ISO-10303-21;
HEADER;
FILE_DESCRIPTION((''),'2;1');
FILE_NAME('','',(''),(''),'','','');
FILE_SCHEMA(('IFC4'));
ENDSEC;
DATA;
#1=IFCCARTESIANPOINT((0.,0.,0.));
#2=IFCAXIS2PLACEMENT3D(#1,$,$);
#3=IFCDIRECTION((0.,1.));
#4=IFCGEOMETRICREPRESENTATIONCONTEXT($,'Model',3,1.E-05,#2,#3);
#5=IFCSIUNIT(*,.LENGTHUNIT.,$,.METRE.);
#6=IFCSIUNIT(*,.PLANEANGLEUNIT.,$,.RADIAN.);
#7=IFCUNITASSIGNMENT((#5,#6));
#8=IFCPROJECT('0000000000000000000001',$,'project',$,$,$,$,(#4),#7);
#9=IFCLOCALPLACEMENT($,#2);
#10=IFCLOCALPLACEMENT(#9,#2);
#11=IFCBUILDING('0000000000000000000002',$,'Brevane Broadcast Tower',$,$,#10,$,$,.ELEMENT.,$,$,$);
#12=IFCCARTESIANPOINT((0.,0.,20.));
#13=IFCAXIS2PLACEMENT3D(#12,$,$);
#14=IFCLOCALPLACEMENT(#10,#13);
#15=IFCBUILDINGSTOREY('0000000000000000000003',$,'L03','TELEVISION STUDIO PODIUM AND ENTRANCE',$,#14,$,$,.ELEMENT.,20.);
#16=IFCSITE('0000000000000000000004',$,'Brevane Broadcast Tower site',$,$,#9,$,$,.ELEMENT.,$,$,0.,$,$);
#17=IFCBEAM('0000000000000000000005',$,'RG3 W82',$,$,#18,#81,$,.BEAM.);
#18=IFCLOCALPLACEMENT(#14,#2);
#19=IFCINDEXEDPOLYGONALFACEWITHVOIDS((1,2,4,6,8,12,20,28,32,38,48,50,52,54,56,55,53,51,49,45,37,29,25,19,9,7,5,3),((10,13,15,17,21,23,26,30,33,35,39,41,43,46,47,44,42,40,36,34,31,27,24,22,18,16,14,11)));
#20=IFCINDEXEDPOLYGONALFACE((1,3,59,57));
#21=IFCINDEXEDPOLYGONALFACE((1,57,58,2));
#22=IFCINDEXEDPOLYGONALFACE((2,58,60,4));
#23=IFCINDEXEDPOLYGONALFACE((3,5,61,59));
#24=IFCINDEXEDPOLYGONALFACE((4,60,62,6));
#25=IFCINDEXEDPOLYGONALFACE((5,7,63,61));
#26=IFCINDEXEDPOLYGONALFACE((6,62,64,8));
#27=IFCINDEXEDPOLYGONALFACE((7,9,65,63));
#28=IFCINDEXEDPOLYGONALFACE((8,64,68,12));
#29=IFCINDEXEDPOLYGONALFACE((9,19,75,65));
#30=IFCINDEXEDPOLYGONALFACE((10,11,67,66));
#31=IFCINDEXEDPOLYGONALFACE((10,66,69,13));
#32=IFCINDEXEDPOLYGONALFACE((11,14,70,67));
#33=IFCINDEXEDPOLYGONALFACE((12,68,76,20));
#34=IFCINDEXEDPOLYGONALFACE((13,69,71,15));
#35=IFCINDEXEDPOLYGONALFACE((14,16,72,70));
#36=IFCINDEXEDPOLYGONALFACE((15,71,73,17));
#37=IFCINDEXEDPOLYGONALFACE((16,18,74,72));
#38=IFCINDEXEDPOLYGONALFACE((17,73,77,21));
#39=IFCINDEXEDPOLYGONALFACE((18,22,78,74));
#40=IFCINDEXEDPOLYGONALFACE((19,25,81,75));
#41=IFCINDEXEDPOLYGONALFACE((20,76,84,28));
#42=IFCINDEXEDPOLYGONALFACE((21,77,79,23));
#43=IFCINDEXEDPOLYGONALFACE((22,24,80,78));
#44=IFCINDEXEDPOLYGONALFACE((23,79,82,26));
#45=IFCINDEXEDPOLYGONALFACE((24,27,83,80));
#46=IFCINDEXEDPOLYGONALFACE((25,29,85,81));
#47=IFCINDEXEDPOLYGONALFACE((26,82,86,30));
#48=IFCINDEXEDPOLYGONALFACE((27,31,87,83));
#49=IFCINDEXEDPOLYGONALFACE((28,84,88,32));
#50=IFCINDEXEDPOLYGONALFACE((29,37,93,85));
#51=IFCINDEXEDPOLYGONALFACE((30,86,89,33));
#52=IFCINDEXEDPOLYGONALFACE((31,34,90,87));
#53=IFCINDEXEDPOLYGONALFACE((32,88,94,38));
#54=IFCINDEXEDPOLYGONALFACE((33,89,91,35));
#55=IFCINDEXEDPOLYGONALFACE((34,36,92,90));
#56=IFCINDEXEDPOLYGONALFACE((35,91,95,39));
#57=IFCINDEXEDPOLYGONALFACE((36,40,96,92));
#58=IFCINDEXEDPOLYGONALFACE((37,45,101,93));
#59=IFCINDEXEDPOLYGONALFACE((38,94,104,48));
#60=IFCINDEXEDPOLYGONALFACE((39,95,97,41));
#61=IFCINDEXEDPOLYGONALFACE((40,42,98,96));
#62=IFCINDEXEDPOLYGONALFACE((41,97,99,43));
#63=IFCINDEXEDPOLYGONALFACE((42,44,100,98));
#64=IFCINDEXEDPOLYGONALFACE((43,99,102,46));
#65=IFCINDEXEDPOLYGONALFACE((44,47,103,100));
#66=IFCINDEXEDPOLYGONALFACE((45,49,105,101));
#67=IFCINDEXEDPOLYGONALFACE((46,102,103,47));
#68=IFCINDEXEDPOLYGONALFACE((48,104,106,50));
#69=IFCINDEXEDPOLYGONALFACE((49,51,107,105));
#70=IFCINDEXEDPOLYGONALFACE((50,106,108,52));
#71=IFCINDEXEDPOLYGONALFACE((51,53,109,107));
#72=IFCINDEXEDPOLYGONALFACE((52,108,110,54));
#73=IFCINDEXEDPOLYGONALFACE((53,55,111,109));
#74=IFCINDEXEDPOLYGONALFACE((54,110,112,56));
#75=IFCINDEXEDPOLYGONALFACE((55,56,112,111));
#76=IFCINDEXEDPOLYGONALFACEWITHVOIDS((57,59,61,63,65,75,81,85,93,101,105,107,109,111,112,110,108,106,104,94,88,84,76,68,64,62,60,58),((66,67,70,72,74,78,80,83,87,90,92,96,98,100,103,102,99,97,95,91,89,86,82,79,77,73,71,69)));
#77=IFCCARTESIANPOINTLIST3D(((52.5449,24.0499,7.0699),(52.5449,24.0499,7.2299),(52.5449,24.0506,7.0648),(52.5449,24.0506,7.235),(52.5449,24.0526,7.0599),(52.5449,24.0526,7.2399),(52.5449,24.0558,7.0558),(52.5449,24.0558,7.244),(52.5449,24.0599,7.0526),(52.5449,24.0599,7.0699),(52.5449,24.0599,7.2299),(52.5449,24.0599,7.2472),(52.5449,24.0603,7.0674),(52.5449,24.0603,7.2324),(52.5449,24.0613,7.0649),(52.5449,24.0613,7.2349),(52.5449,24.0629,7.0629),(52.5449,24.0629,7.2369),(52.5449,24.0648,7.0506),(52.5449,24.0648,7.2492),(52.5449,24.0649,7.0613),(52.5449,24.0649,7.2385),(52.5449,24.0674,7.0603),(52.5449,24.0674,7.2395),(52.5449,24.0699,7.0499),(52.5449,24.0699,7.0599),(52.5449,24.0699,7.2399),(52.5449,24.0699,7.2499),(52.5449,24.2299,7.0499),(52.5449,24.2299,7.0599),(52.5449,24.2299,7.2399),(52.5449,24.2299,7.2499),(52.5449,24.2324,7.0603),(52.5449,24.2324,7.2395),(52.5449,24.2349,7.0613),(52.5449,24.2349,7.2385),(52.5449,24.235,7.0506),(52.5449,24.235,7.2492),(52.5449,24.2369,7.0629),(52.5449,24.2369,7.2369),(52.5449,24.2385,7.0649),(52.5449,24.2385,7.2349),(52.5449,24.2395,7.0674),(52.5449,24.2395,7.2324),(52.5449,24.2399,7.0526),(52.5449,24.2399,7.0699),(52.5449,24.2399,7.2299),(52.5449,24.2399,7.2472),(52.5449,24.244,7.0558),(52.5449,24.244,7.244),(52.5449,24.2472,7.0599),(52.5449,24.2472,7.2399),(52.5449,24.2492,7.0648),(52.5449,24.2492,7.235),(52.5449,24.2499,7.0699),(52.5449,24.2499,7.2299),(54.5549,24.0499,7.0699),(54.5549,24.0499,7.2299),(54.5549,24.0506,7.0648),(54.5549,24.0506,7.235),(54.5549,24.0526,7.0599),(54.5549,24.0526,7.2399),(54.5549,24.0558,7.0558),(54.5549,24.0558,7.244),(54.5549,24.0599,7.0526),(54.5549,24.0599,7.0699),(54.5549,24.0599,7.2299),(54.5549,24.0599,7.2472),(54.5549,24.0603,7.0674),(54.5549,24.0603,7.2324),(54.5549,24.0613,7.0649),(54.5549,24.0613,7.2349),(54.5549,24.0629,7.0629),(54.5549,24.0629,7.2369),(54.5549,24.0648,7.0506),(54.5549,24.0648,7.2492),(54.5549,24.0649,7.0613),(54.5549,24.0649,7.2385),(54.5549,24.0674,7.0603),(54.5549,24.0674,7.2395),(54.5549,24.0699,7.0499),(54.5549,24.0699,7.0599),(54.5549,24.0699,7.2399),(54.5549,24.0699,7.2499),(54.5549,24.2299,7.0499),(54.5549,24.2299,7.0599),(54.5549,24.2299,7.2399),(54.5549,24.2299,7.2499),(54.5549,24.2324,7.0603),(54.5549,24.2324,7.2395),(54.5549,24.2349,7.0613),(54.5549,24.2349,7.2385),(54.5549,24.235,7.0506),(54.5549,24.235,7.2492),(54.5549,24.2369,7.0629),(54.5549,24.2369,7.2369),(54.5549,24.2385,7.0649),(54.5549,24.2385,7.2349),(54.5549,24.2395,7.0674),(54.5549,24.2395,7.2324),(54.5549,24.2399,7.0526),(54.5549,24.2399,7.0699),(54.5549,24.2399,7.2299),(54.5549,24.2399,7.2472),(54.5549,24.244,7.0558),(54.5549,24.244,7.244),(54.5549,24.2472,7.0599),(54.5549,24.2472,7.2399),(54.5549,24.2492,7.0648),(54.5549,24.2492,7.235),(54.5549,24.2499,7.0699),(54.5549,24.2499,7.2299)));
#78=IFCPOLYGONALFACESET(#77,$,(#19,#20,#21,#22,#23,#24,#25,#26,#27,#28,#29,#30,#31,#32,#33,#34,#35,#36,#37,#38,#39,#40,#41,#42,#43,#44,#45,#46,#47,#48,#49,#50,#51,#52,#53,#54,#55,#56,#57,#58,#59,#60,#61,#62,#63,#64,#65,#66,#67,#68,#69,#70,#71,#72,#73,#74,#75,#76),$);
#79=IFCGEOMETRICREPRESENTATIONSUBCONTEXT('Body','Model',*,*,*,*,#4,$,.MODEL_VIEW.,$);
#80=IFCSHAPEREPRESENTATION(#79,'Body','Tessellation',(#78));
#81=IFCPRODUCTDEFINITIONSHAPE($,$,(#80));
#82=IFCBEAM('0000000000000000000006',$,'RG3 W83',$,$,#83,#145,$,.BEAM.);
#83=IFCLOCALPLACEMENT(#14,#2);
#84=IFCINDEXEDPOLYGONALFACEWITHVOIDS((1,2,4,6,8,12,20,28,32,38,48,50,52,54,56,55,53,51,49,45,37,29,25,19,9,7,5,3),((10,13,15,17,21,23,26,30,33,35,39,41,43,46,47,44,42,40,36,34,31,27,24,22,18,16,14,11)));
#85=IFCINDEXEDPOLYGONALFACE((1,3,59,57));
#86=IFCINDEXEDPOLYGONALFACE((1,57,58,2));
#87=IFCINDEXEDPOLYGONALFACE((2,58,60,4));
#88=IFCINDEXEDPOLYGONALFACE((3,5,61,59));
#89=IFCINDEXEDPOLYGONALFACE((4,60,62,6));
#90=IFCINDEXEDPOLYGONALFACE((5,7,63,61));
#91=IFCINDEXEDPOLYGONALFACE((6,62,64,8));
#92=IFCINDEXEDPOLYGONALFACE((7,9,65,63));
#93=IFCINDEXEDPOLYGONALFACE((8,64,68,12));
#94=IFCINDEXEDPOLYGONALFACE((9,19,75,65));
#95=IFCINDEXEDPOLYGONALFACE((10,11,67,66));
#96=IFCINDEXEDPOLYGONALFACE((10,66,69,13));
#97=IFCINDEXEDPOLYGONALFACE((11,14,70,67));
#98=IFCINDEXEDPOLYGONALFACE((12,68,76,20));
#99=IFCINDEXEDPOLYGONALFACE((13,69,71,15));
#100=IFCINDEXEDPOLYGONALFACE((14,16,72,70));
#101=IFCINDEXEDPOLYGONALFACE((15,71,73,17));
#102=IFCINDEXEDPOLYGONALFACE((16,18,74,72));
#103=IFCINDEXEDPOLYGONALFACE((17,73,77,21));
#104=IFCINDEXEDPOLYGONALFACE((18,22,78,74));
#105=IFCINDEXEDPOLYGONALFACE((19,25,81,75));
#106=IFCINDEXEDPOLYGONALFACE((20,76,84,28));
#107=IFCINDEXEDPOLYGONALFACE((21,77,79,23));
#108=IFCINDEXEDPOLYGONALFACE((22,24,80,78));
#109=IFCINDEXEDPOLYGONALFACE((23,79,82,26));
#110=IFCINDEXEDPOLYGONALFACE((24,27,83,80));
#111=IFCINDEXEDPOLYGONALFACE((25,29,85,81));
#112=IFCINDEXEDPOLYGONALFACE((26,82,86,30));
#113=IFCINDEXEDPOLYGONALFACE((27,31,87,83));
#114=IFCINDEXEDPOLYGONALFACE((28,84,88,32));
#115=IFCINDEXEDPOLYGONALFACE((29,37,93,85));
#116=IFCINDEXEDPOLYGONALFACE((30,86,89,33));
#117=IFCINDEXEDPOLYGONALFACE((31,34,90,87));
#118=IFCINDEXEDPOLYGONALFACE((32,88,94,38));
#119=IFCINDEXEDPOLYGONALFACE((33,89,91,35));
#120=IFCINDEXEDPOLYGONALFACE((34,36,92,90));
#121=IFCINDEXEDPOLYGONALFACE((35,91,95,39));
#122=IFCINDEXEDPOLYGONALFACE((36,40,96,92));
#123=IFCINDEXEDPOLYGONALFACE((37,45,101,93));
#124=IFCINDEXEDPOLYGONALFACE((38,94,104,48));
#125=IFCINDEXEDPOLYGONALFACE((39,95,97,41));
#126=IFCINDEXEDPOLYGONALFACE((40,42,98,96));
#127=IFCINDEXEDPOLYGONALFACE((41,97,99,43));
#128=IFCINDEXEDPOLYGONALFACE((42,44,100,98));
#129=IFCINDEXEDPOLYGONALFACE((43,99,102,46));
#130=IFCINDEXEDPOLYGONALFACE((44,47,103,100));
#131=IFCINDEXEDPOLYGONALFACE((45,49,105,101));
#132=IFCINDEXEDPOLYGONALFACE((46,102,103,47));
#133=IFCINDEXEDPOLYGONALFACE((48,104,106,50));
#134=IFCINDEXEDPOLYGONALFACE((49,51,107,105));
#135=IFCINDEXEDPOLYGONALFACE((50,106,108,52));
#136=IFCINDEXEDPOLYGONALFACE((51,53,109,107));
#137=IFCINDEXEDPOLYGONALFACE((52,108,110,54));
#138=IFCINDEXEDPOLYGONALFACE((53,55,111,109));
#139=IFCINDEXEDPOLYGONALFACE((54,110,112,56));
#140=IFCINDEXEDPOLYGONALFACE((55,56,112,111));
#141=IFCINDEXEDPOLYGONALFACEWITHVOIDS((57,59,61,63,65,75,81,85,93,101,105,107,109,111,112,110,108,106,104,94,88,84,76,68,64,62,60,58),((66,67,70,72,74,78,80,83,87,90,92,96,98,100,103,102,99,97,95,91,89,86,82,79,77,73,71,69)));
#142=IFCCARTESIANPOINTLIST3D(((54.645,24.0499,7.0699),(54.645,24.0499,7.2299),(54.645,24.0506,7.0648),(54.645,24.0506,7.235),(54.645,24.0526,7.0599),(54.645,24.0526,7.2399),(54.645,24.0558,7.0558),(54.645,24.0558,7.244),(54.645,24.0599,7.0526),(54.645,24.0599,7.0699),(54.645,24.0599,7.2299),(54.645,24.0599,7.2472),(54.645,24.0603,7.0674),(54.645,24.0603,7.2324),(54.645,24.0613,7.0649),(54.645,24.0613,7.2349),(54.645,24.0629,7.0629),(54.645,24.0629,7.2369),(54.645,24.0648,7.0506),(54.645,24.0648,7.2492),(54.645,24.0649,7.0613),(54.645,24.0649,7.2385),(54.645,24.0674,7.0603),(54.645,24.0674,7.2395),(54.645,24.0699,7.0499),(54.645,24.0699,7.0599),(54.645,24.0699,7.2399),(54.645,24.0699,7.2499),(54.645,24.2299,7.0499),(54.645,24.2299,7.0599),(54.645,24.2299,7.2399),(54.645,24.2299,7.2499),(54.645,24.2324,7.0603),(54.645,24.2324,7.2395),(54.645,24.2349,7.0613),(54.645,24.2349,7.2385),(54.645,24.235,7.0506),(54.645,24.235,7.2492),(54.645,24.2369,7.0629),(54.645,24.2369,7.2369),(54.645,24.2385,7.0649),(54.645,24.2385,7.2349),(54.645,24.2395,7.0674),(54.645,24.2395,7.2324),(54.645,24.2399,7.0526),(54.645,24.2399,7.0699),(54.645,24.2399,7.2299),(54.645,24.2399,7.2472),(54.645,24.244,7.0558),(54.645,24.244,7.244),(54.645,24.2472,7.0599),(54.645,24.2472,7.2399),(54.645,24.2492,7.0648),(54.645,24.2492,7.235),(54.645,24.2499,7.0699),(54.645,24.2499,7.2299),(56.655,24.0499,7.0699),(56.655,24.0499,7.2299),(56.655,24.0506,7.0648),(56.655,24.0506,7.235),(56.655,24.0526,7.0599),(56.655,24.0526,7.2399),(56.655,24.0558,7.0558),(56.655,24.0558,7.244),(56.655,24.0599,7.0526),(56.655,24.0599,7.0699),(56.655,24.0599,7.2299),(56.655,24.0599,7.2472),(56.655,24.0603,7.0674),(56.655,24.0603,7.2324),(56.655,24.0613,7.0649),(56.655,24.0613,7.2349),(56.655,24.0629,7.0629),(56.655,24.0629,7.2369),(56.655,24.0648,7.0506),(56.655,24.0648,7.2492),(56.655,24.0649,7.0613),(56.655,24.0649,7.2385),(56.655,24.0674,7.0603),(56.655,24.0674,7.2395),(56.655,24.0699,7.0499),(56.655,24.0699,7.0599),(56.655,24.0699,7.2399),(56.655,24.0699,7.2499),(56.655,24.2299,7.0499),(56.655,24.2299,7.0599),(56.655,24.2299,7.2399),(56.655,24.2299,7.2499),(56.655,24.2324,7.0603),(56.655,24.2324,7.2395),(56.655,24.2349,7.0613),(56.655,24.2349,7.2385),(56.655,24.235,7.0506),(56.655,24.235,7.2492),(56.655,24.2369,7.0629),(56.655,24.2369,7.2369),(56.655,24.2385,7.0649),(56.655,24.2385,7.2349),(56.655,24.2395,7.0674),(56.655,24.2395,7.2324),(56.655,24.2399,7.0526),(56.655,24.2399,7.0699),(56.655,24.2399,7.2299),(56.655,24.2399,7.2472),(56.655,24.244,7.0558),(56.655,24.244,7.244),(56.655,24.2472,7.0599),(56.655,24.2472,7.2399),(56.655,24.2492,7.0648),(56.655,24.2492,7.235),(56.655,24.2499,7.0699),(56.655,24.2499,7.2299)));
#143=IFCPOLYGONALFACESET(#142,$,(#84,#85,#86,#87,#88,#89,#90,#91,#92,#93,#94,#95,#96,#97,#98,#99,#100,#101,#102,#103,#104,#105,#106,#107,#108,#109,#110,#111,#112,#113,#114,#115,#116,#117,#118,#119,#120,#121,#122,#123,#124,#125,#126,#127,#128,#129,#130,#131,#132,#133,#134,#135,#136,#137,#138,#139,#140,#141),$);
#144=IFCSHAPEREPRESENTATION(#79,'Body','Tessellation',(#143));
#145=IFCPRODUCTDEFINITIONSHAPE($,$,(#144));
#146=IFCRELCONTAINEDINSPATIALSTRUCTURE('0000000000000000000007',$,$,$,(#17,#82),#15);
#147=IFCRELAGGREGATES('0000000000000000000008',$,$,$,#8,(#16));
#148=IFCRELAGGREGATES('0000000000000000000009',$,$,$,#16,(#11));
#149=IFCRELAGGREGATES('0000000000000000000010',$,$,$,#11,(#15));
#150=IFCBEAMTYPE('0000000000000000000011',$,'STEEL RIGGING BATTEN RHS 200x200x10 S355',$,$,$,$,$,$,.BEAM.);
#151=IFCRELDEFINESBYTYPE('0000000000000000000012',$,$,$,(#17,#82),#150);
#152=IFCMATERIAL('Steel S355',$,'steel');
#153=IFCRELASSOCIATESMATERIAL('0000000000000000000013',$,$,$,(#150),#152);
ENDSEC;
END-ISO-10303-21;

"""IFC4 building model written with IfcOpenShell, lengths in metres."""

from ifc_helpers import new_model, si_unit, direction, frame, origin, origin_2d, place, context, subcontext, project, spatial, hollow_rectangle, extrude, material, material_profile, profile_set, type_object, element, save


model = new_model("IFC4")

# Units and contexts
model_context = context("Model", 3, precision=1e-05, world=origin(), true_north=direction((0.0, 1.0)))
body_context = subcontext(model_context, "Body", "Model", "MODEL_VIEW")
ifc_project = project(units=[si_unit("LENGTHUNIT", "METRE"), si_unit("PLANEANGLEUNIT", "RADIAN")], contexts=[model_context])

# Site, building, storey
site_placement = place(None, origin())
site = spatial("IfcSite", under=ifc_project, at=site_placement, Name="Brevane Broadcast Tower site", CompositionType="ELEMENT", RefElevation=0.0)
building_placement = place(site_placement, origin())
building = spatial("IfcBuilding", under=site, at=building_placement, Name="Brevane Broadcast Tower", CompositionType="ELEMENT")
storey_placement = place(building_placement, frame((0.0, 0.0, 20.0)))
storey = spatial("IfcBuildingStorey", under=building, at=storey_placement, Name="L03", Description="TELEVISION STUDIO PODIUM AND ENTRANCE", CompositionType="ELEMENT", Elevation=20.0)

# Beams
ifc_material_1 = material(Name="Steel S355", Category="steel")
ifc_material_profile_1 = material_profile(ifc_material_1, hollow_rectangle(XDim=0.2, YDim=0.2, WallThickness=0.01, InnerFilletRadius=0.01, OuterFilletRadius=0.02, at=origin_2d()), Name="RHS 200x200x10")
ifc_profile_set_1 = profile_set([ifc_material_profile_1], Name="Steel S355")
beam_type_1 = type_object("IfcBeamType", Name="STEEL RIGGING BATTEN RHS 200x200x10 S355", PredefinedType="BEAM", material=ifc_profile_set_1)
for number, where, z_axis, x_axis, name in (
    (1, (52.5449, 24.1499, 7.1499), (1.0, 0.0, 0.0), (0.0, 1.0, 0.0), "RG3 W82"),
    (2, (54.645, 24.1499, 7.1499), (1.0, 0.0, 0.0), (0.0, 1.0, 0.0), "RG3 W83"),
):
    element("IfcBeam", number, at=place(storey_placement, frame(where, z_axis=z_axis, x_axis=x_axis)), inside=storey, type_object=beam_type_1, Name=name, PredefinedType="BEAM", context=body_context, shape_type="SweptSolid", body=[
        extrude(hollow_rectangle(XDim=0.2, YDim=0.2, WallThickness=0.01, InnerFilletRadius=0.01, OuterFilletRadius=0.02, at=origin_2d()), origin(), (0.0, 0.0, 1.0), 2.01),
    ])

save(model, "model.ifc")
